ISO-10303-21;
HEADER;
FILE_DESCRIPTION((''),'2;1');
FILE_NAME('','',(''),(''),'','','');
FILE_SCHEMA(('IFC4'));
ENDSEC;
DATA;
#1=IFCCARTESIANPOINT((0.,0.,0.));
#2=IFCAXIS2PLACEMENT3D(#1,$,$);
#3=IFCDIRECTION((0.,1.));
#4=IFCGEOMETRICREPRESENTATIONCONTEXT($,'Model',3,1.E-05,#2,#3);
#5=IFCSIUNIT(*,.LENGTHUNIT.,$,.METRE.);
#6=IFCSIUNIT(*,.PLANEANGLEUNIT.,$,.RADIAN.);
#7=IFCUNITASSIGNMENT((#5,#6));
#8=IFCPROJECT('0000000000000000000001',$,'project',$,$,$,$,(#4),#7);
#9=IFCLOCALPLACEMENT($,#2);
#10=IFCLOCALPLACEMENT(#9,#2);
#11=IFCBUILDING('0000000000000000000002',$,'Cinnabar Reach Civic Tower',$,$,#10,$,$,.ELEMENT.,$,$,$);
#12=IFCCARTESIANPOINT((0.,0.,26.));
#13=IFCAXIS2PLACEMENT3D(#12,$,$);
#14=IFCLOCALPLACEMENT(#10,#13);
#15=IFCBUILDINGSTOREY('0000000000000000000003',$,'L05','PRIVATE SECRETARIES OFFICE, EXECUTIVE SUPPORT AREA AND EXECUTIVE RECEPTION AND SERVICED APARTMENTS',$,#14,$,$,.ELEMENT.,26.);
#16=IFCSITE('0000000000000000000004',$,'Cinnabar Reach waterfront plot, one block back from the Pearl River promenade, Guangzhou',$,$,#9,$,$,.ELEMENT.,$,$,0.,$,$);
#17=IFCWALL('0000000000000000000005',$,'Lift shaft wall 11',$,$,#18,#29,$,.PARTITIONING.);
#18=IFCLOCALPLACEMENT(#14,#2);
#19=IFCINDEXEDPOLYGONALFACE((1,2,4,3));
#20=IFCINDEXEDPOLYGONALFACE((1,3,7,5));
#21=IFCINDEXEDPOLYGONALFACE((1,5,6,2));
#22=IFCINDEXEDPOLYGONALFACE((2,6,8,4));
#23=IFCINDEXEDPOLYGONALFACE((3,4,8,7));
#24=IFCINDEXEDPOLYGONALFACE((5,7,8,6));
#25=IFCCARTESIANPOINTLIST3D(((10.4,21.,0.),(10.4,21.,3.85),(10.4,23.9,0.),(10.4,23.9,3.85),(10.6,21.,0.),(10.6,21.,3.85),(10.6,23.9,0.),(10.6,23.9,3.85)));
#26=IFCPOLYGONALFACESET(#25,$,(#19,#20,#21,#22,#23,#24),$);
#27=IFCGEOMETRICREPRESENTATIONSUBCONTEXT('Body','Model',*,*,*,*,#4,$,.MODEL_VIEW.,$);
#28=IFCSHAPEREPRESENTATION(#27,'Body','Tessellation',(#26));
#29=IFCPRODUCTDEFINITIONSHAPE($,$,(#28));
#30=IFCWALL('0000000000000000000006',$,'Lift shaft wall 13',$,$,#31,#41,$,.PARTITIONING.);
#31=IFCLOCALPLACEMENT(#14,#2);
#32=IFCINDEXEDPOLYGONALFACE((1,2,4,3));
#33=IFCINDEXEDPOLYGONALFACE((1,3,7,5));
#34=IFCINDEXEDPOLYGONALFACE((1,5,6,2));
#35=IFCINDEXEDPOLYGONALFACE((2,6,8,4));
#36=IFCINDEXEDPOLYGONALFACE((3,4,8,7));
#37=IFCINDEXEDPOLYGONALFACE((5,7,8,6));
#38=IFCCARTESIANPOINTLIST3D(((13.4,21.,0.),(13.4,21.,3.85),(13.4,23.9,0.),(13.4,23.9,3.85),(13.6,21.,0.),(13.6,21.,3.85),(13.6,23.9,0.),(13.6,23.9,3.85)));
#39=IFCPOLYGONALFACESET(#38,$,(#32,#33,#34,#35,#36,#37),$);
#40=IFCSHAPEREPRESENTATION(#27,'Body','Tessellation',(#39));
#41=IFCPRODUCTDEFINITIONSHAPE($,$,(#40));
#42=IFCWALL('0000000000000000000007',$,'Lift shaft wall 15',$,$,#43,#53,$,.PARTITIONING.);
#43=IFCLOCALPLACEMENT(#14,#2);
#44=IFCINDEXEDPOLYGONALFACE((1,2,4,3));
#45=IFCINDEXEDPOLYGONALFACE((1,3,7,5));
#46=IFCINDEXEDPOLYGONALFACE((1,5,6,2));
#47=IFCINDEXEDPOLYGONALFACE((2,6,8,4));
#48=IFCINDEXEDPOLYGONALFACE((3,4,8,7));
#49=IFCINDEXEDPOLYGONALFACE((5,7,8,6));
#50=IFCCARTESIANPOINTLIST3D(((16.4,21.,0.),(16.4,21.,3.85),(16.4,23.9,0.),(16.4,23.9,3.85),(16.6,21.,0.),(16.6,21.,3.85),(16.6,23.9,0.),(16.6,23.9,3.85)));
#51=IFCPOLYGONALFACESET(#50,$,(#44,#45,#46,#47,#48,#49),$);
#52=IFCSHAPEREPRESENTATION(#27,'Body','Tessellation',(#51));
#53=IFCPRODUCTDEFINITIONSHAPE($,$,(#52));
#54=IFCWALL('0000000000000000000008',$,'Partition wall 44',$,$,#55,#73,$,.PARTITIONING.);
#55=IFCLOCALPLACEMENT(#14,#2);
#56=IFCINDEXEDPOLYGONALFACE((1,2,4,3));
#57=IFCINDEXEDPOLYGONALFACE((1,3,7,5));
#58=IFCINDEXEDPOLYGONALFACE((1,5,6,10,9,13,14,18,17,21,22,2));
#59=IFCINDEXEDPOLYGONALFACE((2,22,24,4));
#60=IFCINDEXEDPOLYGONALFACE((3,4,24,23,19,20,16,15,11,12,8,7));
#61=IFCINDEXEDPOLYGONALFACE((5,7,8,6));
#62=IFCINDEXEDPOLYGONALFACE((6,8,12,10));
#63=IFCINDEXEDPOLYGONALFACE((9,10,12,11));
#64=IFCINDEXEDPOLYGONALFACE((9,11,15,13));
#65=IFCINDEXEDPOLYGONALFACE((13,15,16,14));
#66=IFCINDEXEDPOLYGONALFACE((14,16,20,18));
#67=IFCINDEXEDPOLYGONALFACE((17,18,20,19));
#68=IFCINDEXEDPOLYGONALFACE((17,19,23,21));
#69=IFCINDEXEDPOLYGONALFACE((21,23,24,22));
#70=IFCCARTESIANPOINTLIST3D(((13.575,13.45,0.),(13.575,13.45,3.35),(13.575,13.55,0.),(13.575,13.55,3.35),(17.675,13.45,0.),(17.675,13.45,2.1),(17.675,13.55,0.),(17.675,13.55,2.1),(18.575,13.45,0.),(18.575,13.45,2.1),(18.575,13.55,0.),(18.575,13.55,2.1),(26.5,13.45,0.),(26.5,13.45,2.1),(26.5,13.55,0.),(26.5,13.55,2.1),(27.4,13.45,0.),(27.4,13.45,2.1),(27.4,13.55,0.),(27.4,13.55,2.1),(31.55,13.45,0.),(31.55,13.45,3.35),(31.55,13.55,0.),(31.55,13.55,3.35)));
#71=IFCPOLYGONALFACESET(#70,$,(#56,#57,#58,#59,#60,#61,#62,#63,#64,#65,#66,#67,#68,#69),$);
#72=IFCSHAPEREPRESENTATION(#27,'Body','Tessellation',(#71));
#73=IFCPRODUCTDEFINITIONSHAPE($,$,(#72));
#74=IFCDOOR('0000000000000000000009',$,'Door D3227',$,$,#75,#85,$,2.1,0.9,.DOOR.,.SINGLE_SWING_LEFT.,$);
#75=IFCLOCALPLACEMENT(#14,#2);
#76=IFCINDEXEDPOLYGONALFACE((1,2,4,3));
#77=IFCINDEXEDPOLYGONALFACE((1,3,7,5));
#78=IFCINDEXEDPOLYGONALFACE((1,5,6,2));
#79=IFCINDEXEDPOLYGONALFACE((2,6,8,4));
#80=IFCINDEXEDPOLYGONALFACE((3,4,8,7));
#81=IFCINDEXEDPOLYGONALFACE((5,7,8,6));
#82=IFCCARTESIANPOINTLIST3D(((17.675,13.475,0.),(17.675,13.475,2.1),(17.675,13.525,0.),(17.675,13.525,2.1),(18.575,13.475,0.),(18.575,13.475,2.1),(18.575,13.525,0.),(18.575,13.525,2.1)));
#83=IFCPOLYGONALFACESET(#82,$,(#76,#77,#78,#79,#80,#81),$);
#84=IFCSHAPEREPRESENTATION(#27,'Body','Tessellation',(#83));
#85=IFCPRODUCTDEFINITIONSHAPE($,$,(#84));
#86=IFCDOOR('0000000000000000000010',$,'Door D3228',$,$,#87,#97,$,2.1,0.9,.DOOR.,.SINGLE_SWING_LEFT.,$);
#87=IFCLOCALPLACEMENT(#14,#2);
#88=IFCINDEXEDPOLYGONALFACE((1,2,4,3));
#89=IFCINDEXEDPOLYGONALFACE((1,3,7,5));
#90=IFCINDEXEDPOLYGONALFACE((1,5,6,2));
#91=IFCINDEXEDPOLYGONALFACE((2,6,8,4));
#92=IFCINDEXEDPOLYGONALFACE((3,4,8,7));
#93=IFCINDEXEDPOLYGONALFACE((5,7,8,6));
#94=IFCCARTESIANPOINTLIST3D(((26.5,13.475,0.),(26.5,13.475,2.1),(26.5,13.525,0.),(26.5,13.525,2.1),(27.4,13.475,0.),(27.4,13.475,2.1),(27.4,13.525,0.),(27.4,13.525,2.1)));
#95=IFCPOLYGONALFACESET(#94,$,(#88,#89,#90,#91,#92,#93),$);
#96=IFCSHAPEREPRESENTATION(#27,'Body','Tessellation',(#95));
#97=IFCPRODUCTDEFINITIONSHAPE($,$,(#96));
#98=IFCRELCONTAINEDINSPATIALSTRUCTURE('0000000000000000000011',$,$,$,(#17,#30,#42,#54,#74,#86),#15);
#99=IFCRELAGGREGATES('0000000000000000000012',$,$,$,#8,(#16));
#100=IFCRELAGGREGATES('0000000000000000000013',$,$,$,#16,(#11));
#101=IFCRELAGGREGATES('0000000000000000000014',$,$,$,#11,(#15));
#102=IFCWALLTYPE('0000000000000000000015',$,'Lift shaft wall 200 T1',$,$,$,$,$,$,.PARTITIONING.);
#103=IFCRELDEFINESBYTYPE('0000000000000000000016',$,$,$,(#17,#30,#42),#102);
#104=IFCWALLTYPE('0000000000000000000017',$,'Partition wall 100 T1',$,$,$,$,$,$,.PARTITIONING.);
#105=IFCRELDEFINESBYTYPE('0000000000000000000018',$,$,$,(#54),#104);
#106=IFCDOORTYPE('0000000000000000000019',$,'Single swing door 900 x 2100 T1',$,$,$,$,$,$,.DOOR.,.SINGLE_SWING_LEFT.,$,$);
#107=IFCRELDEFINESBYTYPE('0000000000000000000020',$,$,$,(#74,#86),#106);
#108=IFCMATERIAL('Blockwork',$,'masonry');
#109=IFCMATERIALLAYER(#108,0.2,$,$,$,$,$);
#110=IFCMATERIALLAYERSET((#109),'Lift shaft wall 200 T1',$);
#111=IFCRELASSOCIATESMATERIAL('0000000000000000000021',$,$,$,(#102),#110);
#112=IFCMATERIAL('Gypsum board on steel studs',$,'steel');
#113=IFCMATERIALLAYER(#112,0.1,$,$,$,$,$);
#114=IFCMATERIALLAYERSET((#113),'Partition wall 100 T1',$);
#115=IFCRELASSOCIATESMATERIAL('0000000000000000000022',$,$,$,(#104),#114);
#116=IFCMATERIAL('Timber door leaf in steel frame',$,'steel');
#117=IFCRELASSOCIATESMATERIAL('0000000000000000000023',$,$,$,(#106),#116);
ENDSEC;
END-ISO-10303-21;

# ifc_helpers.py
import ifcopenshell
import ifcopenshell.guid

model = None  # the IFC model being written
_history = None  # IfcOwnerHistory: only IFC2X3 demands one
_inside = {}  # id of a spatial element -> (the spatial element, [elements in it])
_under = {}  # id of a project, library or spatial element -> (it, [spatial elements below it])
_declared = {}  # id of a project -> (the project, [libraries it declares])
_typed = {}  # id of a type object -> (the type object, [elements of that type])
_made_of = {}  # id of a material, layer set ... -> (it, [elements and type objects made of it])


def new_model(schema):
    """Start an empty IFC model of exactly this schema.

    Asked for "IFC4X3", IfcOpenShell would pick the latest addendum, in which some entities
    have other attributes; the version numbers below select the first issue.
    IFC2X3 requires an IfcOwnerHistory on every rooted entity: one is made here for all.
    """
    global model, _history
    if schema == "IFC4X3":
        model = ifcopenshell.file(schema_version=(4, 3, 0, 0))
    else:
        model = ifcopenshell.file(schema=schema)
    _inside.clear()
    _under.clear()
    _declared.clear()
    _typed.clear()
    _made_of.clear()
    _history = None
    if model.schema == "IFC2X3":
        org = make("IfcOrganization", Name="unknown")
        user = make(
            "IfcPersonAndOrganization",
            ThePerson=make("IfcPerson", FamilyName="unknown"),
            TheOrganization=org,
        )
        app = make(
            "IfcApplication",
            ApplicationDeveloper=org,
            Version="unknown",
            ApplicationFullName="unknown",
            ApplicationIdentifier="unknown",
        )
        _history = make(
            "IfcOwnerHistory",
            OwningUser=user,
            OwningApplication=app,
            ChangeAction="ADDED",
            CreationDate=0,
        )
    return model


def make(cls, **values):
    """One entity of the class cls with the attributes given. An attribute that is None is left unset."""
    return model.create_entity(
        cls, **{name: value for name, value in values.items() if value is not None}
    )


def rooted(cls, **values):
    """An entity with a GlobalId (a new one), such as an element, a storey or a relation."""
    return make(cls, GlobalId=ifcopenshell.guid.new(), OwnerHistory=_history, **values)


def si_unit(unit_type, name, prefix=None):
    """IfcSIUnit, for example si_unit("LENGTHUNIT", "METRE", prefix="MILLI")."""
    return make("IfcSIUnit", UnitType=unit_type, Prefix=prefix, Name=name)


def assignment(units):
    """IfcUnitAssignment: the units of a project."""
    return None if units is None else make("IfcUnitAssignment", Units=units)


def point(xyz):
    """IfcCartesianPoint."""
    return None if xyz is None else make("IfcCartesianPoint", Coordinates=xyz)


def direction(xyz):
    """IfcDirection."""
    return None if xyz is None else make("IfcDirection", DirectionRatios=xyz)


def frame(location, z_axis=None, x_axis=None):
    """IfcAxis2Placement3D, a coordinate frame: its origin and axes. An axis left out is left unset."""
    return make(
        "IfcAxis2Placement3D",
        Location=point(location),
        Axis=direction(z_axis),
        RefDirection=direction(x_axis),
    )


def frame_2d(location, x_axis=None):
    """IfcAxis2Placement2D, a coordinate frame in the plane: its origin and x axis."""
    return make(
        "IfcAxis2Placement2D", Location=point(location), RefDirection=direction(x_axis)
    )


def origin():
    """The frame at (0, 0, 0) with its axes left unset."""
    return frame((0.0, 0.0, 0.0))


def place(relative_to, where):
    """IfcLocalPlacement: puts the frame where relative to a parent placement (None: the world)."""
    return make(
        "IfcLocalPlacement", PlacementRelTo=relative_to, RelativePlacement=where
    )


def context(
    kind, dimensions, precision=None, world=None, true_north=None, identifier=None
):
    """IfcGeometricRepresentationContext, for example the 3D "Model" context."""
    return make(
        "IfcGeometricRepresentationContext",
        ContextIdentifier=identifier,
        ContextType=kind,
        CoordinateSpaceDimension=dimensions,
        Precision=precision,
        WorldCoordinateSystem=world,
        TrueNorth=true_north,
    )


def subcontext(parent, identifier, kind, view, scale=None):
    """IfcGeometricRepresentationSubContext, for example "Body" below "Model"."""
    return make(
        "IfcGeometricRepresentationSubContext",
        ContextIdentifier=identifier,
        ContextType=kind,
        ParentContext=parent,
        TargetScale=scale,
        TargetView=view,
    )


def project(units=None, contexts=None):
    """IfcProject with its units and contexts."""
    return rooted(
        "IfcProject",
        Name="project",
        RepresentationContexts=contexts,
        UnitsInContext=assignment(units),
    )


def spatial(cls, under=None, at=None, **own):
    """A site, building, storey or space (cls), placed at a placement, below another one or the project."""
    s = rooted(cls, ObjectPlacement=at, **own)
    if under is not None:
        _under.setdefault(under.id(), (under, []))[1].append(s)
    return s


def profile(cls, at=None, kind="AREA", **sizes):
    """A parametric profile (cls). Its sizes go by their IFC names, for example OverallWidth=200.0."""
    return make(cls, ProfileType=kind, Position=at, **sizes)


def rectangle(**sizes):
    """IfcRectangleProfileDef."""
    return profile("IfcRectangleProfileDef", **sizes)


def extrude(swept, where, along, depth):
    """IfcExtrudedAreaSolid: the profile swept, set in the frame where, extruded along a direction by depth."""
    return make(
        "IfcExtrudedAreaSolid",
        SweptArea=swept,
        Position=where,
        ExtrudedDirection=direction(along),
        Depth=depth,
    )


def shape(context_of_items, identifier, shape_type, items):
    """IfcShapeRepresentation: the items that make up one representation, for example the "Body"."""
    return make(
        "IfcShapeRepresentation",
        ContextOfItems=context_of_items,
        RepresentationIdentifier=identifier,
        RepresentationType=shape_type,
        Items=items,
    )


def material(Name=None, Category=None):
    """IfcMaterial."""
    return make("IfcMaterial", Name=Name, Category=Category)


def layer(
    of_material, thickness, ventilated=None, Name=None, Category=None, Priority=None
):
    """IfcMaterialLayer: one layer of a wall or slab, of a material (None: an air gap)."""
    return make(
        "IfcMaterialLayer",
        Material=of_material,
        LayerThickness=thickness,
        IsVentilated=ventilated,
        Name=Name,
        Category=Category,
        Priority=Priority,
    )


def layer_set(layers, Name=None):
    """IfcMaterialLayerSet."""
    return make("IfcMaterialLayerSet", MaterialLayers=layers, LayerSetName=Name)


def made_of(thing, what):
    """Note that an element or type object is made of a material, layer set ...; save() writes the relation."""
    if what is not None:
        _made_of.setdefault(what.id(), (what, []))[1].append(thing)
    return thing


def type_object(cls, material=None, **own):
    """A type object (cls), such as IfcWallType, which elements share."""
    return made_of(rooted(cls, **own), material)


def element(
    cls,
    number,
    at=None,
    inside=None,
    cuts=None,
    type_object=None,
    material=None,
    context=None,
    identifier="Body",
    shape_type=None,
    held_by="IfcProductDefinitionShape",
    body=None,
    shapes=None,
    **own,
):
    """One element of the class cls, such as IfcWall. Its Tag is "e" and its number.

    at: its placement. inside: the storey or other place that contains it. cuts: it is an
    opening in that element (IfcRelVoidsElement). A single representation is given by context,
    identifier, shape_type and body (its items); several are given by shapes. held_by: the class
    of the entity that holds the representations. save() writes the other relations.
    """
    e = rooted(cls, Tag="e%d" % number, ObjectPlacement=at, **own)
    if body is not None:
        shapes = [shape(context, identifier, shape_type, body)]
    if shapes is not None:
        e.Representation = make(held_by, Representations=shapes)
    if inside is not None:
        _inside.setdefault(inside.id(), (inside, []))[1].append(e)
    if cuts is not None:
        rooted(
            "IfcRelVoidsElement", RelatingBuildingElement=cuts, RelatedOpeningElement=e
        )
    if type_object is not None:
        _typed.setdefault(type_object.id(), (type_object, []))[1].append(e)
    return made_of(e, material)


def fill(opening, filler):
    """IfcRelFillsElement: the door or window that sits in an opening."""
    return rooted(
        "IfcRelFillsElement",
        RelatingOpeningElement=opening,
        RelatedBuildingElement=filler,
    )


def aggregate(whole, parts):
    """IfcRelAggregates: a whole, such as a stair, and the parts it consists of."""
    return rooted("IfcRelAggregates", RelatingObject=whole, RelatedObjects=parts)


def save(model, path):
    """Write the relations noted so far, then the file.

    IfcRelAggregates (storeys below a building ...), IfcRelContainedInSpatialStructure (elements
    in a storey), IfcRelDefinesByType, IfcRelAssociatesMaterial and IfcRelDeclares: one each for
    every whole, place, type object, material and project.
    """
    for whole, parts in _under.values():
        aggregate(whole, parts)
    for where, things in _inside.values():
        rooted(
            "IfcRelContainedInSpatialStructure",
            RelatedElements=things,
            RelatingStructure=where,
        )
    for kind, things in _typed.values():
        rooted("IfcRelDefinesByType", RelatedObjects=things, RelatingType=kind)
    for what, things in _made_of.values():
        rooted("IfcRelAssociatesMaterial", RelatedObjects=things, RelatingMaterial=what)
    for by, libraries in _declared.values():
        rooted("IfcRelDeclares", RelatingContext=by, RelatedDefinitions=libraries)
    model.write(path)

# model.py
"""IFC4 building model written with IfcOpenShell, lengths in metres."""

from ifc_helpers import new_model, si_unit, direction, frame, frame_2d, origin, place, context, subcontext, project, spatial, rectangle, extrude, material, layer, layer_set, type_object, element, fill, save


model = new_model("IFC4")

# Units and contexts
model_context = context("Model", 3, precision=1e-05, world=origin(), true_north=direction((0.0, 1.0)))
body_context = subcontext(model_context, "Body", "Model", "MODEL_VIEW")
ifc_project = project(units=[si_unit("LENGTHUNIT", "METRE"), si_unit("PLANEANGLEUNIT", "RADIAN")], contexts=[model_context])

# Site, building, storey
site_placement = place(None, origin())
site = spatial("IfcSite", under=ifc_project, at=site_placement, Name="Cinnabar Reach waterfront plot, one block back from the Pearl River promenade, Guangzhou", CompositionType="ELEMENT", RefElevation=0.0)
building_placement = place(site_placement, origin())
building = spatial("IfcBuilding", under=site, at=building_placement, Name="Cinnabar Reach Civic Tower", CompositionType="ELEMENT")
storey_placement = place(building_placement, frame((0.0, 0.0, 26.0)))
storey = spatial("IfcBuildingStorey", under=building, at=storey_placement, Name="L05", Description="PRIVATE SECRETARIES OFFICE, EXECUTIVE SUPPORT AREA AND EXECUTIVE RECEPTION AND SERVICED APARTMENTS", CompositionType="ELEMENT", Elevation=26.0)

# Shared definitions
ifc_material_1 = material(Name="Timber door leaf in steel frame", Category="steel")

# Walls
ifc_material_2 = material(Name="Blockwork", Category="masonry")
ifc_layer_1 = layer(ifc_material_2, 0.2)
ifc_layer_set_1 = layer_set([ifc_layer_1], Name="Lift shaft wall 200 T1")
wall_type_1 = type_object("IfcWallType", Name="Lift shaft wall 200 T1", PredefinedType="PARTITIONING", material=ifc_layer_set_1)
for number, where, z_axis, x_axis, name in (
    (1, (10.5, 21.0, 0.0), (0.0, 0.0, 1.0), (0.0, 1.0, 0.0), "Lift shaft wall 11"),
    (2, (13.5, 21.0, 0.0), (0.0, 0.0, 1.0), (0.0, 1.0, 0.0), "Lift shaft wall 13"),
    (3, (16.5, 21.0, 0.0), (0.0, 0.0, 1.0), (0.0, 1.0, 0.0), "Lift shaft wall 15"),
):
    element("IfcWall", number, at=place(storey_placement, frame(where, z_axis=z_axis, x_axis=x_axis)), inside=storey, type_object=wall_type_1, Name=name, PredefinedType="PARTITIONING", context=body_context, shape_type="SweptSolid", body=[
        extrude(rectangle(XDim=2.9, YDim=0.2, at=frame_2d((1.45, 0.0))), origin(), (0.0, 0.0, 1.0), 3.85),
    ])

# Wall, openings, doors
ifc_material_3 = material(Name="Gypsum board on steel studs", Category="steel")
ifc_layer_2 = layer(ifc_material_3, 0.1)
ifc_layer_set_2 = layer_set([ifc_layer_2], Name="Partition wall 100 T1")
wall_type_2 = type_object("IfcWallType", Name="Partition wall 100 T1", PredefinedType="PARTITIONING", material=ifc_layer_set_2)
wall_1_placement = place(storey_placement, frame((13.575, 13.5, 0.0), z_axis=(0.0, 0.0, 1.0), x_axis=(1.0, 0.0, 0.0)))
wall_1 = element("IfcWall", 4, at=wall_1_placement, inside=storey, type_object=wall_type_2, Name="Partition wall 44", PredefinedType="PARTITIONING", context=body_context, shape_type="SweptSolid", body=[
    extrude(rectangle(XDim=17.975, YDim=0.1, at=frame_2d((8.9875, 0.0))), origin(), (0.0, 0.0, 1.0), 3.35),
])
opening_1_placement = place(wall_1_placement, frame((4.1, 0.0, 0.0)))
opening_1 = element("IfcOpeningElement", 5, at=opening_1_placement, cuts=wall_1, PredefinedType="OPENING", context=body_context, shape_type="SweptSolid", body=[
    extrude(rectangle(XDim=0.9, YDim=2.1, at=frame_2d((0.45, 1.05))), frame((0.0, 0.06, 0.0), z_axis=(0.0, -1.0, 0.0), x_axis=(1.0, 0.0, 0.0)), (0.0, 0.0, 1.0), 0.12),
])
opening_2_placement = place(wall_1_placement, frame((12.925, 0.0, 0.0)))
opening_2 = element("IfcOpeningElement", 6, at=opening_2_placement, cuts=wall_1, PredefinedType="OPENING", context=body_context, shape_type="SweptSolid", body=[
    extrude(rectangle(XDim=0.9, YDim=2.1, at=frame_2d((0.45, 1.05))), frame((0.0, 0.06, 0.0), z_axis=(0.0, -1.0, 0.0), x_axis=(1.0, 0.0, 0.0)), (0.0, 0.0, 1.0), 0.12),
])
door_type_1 = type_object("IfcDoorType", Name="Single swing door 900 x 2100 T1", OperationType="SINGLE_SWING_LEFT", PredefinedType="DOOR", material=ifc_material_1)
door_1_placement = place(opening_1_placement, origin())
door_1 = element("IfcDoor", 7, at=door_1_placement, inside=storey, type_object=door_type_1, Name="Door D3227", OperationType="SINGLE_SWING_LEFT", OverallHeight=2.1, OverallWidth=0.9, PredefinedType="DOOR", context=body_context, shape_type="SweptSolid", body=[
    extrude(rectangle(XDim=0.9, YDim=2.1, at=frame_2d((0.45, 1.05))), frame((0.0, 0.025, 0.0), z_axis=(0.0, -1.0, 0.0), x_axis=(1.0, 0.0, 0.0)), (0.0, 0.0, 1.0), 0.05),
])
fill(opening_1, door_1)
door_2_placement = place(opening_2_placement, origin())
door_2 = element("IfcDoor", 8, at=door_2_placement, inside=storey, type_object=door_type_1, Name="Door D3228", OperationType="SINGLE_SWING_LEFT", OverallHeight=2.1, OverallWidth=0.9, PredefinedType="DOOR", context=body_context, shape_type="SweptSolid", body=[
    extrude(rectangle(XDim=0.9, YDim=2.1, at=frame_2d((0.45, 1.05))), frame((0.0, 0.025, 0.0), z_axis=(0.0, -1.0, 0.0), x_axis=(1.0, 0.0, 0.0)), (0.0, 0.0, 1.0), 0.05),
])
fill(opening_2, door_2)

save(model, "model.ifc")
